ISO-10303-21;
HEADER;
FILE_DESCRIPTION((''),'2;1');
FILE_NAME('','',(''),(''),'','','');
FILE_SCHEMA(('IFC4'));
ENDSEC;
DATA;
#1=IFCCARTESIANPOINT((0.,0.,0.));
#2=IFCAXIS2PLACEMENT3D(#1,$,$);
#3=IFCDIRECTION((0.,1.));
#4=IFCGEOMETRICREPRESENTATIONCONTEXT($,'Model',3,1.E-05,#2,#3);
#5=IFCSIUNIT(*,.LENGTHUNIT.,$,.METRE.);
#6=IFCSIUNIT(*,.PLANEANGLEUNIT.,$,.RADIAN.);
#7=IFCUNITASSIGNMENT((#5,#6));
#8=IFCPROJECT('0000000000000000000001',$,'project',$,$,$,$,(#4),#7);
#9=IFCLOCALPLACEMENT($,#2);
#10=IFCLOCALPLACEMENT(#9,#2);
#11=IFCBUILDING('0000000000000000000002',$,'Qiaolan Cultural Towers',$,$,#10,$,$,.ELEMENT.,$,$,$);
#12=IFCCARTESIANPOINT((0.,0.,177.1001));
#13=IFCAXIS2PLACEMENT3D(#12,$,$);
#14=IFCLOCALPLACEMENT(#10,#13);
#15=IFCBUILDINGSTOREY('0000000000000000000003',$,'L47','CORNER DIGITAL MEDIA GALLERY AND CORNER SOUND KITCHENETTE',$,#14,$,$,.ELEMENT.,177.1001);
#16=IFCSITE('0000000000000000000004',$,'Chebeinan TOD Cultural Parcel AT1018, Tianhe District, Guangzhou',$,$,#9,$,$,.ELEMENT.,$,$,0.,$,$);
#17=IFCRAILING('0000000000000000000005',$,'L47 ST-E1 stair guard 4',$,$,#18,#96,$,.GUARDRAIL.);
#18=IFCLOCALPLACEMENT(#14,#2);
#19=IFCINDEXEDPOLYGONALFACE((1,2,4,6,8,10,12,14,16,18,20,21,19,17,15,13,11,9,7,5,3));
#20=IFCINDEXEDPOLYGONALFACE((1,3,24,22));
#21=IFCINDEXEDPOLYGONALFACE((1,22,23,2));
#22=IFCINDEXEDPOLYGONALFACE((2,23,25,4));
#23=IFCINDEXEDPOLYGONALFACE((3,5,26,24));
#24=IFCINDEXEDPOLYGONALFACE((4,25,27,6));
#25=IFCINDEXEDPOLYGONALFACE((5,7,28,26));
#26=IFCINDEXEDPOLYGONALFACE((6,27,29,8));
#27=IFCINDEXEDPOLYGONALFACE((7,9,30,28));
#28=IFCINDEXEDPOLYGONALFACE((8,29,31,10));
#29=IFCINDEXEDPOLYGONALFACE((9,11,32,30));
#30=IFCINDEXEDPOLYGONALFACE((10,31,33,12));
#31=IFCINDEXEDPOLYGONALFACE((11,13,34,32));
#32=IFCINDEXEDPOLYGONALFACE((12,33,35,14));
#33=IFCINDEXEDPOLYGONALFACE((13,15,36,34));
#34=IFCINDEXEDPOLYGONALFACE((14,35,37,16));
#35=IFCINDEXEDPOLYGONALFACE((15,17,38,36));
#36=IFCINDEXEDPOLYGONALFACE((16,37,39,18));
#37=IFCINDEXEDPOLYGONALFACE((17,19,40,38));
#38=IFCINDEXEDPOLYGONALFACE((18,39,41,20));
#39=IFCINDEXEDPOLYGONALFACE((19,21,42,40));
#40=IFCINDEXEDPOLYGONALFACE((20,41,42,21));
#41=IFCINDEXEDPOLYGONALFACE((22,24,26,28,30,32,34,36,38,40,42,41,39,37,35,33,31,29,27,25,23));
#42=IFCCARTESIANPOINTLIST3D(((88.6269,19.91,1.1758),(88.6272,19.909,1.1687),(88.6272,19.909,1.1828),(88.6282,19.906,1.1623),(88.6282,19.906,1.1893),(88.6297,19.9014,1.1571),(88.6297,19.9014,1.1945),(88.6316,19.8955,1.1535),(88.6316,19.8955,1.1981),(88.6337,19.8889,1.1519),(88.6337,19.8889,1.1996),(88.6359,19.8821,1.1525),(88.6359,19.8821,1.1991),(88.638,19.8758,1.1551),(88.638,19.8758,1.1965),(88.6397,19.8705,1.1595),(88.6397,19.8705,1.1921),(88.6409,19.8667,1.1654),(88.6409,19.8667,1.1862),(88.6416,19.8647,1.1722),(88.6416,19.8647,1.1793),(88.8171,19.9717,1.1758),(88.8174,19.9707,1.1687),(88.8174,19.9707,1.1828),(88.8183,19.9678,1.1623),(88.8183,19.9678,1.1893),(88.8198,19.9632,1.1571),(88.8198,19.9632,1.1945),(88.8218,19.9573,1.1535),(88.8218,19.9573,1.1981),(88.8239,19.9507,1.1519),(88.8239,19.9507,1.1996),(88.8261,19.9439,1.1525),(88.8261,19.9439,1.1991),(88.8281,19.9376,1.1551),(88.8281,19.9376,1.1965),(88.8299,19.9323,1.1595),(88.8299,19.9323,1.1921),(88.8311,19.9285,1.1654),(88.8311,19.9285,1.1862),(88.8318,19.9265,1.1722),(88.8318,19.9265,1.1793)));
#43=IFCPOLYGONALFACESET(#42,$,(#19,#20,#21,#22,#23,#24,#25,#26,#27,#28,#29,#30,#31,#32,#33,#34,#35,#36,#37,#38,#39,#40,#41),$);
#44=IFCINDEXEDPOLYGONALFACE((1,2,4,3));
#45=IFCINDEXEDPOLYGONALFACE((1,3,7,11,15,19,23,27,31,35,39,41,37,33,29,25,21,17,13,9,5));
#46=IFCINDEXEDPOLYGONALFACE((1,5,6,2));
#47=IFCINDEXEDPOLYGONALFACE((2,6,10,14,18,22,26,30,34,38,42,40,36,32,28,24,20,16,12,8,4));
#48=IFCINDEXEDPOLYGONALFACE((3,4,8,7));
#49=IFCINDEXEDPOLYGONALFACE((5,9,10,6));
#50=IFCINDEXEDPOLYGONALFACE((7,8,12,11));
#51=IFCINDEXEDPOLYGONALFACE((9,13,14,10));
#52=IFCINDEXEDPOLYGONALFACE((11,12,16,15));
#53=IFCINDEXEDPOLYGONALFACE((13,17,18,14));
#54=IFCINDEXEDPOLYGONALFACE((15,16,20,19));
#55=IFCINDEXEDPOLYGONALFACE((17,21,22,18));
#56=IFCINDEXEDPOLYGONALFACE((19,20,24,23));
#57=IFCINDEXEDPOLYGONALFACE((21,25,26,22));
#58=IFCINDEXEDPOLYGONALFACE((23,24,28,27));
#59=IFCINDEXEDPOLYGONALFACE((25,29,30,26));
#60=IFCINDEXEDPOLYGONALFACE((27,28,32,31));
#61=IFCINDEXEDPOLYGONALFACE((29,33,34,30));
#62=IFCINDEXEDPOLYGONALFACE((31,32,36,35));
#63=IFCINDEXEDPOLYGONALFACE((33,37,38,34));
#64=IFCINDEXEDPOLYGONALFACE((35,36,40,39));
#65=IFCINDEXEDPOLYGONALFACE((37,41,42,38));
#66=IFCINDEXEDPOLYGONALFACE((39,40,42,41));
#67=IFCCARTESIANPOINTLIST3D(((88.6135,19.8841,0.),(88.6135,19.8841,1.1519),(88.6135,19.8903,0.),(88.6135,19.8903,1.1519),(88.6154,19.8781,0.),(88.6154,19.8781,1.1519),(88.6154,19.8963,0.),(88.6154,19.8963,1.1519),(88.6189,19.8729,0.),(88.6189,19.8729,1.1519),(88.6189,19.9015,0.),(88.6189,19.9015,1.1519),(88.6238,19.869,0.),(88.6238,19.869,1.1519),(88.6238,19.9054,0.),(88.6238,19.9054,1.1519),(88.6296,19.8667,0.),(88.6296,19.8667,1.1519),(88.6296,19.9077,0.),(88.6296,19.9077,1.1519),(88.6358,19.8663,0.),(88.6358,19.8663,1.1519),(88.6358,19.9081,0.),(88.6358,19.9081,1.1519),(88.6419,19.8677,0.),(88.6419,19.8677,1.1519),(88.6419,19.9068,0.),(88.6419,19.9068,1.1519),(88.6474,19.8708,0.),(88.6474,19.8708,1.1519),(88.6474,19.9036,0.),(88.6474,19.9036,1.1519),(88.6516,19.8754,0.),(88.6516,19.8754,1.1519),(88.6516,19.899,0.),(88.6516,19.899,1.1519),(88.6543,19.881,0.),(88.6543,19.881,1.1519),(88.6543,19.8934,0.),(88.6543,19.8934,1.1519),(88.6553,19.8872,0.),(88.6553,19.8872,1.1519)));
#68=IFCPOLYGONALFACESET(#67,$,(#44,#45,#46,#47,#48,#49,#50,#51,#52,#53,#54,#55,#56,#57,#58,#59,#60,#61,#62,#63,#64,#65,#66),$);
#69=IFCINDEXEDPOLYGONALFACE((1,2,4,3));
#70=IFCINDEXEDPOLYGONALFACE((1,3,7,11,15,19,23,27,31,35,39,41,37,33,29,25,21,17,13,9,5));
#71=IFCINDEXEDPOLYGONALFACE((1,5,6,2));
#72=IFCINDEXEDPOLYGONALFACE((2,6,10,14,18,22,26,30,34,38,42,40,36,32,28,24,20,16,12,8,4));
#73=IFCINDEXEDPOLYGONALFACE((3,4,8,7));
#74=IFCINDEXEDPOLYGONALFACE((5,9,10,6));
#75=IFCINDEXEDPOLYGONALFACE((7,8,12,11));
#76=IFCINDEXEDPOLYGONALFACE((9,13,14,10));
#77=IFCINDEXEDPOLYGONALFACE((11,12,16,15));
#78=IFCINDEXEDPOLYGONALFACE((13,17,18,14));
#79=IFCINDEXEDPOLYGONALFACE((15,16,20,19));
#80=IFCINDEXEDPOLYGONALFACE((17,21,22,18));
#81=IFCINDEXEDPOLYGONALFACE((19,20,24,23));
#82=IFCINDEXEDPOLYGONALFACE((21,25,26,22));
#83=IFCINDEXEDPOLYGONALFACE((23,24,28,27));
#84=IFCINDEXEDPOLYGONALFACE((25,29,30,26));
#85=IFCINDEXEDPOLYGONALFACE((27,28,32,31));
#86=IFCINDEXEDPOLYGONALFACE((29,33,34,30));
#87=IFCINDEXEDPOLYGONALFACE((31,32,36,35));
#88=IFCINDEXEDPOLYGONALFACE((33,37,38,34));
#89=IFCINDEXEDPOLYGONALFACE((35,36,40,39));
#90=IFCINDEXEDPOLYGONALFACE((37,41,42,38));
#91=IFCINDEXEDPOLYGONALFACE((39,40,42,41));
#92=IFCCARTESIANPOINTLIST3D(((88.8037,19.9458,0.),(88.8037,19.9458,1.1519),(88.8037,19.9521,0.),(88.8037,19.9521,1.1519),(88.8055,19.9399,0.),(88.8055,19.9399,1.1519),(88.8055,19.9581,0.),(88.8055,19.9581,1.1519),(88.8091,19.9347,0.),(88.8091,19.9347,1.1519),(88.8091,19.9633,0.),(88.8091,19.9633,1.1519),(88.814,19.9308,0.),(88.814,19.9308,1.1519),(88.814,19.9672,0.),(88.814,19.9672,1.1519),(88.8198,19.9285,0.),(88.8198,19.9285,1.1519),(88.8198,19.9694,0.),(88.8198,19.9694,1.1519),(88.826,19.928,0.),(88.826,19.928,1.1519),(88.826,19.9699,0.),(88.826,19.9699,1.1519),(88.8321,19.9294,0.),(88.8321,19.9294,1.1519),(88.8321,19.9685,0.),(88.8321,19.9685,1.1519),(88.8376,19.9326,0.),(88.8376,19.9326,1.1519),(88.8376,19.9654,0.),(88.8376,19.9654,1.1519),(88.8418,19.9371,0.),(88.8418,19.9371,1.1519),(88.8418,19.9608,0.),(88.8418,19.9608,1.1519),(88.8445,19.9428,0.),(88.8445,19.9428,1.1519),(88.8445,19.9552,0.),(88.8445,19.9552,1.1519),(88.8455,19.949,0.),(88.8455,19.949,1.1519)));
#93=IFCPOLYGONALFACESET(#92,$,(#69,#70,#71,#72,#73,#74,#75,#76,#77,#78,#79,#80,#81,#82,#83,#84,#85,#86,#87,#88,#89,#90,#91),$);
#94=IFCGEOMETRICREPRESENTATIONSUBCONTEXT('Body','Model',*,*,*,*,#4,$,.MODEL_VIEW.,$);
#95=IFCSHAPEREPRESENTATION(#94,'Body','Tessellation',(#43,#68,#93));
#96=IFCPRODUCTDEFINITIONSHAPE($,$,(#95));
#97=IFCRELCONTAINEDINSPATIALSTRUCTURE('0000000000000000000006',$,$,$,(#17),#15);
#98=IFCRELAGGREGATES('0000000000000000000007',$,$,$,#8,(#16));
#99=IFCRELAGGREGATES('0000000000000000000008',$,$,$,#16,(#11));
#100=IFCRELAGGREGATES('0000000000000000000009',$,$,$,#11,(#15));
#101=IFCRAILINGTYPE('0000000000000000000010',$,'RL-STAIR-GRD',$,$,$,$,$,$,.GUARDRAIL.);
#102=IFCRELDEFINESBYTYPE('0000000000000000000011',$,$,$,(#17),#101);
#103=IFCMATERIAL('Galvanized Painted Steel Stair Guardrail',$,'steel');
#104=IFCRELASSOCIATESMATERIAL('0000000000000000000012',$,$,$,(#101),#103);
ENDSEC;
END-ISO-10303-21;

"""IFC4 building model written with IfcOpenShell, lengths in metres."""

from ifc_helpers import new_model, si_unit, direction, frame, origin, origin_2d, place, context, subcontext, project, spatial, circle, extrude, material, type_object, element, save


model = new_model("IFC4")

# Units and contexts
model_context = context("Model", 3, precision=1e-05, world=origin(), true_north=direction((0.0, 1.0)))
body_context = subcontext(model_context, "Body", "Model", "MODEL_VIEW")
ifc_project = project(units=[si_unit("LENGTHUNIT", "METRE"), si_unit("PLANEANGLEUNIT", "RADIAN")], contexts=[model_context])

# Site, building, storey
site_placement = place(None, origin())
site = spatial("IfcSite", under=ifc_project, at=site_placement, Name="Chebeinan TOD Cultural Parcel AT1018, Tianhe District, Guangzhou", CompositionType="ELEMENT", RefElevation=0.0)
building_placement = place(site_placement, origin())
building = spatial("IfcBuilding", under=site, at=building_placement, Name="Qiaolan Cultural Towers", CompositionType="ELEMENT")
storey_placement = place(building_placement, frame((0.0, 0.0, 177.1001)))
storey = spatial("IfcBuildingStorey", under=building, at=storey_placement, Name="L47", Description="CORNER DIGITAL MEDIA GALLERY AND CORNER SOUND KITCHENETTE", CompositionType="ELEMENT", Elevation=177.1001)

# Railing
ifc_material_1 = material(Name="Galvanized Painted Steel Stair Guardrail", Category="steel")
railing_type_1 = type_object("IfcRailingType", Name="RL-STAIR-GRD", PredefinedType="GUARDRAIL", material=ifc_material_1)
railing_1_placement = place(storey_placement, frame((88.6343, 19.8872, 0.0)))
element("IfcRailing", 1, at=railing_1_placement, inside=storey, type_object=railing_type_1, Name="L47 ST-E1 stair guard 4", PredefinedType="GUARDRAIL", context=body_context, shape_type="SweptSolid", body=[
    extrude(circle(Radius=0.0239, at=origin_2d()), frame((0.0, 0.0, 1.1758), z_axis=(0.951097, 0.308893, 0.0), x_axis=(-0.308893, 0.951097, 0.0)), (0.0, 0.0, 1.0), 0.2),
    extrude(circle(Radius=0.021, at=origin_2d()), origin(), (0.0, 0.0, 1.0), 1.1519),
    extrude(circle(Radius=0.021, at=origin_2d()), frame((0.1902, 0.0618, 0.0)), (0.0, 0.0, 1.0), 1.1519),
])

save(model, "model.ifc")
